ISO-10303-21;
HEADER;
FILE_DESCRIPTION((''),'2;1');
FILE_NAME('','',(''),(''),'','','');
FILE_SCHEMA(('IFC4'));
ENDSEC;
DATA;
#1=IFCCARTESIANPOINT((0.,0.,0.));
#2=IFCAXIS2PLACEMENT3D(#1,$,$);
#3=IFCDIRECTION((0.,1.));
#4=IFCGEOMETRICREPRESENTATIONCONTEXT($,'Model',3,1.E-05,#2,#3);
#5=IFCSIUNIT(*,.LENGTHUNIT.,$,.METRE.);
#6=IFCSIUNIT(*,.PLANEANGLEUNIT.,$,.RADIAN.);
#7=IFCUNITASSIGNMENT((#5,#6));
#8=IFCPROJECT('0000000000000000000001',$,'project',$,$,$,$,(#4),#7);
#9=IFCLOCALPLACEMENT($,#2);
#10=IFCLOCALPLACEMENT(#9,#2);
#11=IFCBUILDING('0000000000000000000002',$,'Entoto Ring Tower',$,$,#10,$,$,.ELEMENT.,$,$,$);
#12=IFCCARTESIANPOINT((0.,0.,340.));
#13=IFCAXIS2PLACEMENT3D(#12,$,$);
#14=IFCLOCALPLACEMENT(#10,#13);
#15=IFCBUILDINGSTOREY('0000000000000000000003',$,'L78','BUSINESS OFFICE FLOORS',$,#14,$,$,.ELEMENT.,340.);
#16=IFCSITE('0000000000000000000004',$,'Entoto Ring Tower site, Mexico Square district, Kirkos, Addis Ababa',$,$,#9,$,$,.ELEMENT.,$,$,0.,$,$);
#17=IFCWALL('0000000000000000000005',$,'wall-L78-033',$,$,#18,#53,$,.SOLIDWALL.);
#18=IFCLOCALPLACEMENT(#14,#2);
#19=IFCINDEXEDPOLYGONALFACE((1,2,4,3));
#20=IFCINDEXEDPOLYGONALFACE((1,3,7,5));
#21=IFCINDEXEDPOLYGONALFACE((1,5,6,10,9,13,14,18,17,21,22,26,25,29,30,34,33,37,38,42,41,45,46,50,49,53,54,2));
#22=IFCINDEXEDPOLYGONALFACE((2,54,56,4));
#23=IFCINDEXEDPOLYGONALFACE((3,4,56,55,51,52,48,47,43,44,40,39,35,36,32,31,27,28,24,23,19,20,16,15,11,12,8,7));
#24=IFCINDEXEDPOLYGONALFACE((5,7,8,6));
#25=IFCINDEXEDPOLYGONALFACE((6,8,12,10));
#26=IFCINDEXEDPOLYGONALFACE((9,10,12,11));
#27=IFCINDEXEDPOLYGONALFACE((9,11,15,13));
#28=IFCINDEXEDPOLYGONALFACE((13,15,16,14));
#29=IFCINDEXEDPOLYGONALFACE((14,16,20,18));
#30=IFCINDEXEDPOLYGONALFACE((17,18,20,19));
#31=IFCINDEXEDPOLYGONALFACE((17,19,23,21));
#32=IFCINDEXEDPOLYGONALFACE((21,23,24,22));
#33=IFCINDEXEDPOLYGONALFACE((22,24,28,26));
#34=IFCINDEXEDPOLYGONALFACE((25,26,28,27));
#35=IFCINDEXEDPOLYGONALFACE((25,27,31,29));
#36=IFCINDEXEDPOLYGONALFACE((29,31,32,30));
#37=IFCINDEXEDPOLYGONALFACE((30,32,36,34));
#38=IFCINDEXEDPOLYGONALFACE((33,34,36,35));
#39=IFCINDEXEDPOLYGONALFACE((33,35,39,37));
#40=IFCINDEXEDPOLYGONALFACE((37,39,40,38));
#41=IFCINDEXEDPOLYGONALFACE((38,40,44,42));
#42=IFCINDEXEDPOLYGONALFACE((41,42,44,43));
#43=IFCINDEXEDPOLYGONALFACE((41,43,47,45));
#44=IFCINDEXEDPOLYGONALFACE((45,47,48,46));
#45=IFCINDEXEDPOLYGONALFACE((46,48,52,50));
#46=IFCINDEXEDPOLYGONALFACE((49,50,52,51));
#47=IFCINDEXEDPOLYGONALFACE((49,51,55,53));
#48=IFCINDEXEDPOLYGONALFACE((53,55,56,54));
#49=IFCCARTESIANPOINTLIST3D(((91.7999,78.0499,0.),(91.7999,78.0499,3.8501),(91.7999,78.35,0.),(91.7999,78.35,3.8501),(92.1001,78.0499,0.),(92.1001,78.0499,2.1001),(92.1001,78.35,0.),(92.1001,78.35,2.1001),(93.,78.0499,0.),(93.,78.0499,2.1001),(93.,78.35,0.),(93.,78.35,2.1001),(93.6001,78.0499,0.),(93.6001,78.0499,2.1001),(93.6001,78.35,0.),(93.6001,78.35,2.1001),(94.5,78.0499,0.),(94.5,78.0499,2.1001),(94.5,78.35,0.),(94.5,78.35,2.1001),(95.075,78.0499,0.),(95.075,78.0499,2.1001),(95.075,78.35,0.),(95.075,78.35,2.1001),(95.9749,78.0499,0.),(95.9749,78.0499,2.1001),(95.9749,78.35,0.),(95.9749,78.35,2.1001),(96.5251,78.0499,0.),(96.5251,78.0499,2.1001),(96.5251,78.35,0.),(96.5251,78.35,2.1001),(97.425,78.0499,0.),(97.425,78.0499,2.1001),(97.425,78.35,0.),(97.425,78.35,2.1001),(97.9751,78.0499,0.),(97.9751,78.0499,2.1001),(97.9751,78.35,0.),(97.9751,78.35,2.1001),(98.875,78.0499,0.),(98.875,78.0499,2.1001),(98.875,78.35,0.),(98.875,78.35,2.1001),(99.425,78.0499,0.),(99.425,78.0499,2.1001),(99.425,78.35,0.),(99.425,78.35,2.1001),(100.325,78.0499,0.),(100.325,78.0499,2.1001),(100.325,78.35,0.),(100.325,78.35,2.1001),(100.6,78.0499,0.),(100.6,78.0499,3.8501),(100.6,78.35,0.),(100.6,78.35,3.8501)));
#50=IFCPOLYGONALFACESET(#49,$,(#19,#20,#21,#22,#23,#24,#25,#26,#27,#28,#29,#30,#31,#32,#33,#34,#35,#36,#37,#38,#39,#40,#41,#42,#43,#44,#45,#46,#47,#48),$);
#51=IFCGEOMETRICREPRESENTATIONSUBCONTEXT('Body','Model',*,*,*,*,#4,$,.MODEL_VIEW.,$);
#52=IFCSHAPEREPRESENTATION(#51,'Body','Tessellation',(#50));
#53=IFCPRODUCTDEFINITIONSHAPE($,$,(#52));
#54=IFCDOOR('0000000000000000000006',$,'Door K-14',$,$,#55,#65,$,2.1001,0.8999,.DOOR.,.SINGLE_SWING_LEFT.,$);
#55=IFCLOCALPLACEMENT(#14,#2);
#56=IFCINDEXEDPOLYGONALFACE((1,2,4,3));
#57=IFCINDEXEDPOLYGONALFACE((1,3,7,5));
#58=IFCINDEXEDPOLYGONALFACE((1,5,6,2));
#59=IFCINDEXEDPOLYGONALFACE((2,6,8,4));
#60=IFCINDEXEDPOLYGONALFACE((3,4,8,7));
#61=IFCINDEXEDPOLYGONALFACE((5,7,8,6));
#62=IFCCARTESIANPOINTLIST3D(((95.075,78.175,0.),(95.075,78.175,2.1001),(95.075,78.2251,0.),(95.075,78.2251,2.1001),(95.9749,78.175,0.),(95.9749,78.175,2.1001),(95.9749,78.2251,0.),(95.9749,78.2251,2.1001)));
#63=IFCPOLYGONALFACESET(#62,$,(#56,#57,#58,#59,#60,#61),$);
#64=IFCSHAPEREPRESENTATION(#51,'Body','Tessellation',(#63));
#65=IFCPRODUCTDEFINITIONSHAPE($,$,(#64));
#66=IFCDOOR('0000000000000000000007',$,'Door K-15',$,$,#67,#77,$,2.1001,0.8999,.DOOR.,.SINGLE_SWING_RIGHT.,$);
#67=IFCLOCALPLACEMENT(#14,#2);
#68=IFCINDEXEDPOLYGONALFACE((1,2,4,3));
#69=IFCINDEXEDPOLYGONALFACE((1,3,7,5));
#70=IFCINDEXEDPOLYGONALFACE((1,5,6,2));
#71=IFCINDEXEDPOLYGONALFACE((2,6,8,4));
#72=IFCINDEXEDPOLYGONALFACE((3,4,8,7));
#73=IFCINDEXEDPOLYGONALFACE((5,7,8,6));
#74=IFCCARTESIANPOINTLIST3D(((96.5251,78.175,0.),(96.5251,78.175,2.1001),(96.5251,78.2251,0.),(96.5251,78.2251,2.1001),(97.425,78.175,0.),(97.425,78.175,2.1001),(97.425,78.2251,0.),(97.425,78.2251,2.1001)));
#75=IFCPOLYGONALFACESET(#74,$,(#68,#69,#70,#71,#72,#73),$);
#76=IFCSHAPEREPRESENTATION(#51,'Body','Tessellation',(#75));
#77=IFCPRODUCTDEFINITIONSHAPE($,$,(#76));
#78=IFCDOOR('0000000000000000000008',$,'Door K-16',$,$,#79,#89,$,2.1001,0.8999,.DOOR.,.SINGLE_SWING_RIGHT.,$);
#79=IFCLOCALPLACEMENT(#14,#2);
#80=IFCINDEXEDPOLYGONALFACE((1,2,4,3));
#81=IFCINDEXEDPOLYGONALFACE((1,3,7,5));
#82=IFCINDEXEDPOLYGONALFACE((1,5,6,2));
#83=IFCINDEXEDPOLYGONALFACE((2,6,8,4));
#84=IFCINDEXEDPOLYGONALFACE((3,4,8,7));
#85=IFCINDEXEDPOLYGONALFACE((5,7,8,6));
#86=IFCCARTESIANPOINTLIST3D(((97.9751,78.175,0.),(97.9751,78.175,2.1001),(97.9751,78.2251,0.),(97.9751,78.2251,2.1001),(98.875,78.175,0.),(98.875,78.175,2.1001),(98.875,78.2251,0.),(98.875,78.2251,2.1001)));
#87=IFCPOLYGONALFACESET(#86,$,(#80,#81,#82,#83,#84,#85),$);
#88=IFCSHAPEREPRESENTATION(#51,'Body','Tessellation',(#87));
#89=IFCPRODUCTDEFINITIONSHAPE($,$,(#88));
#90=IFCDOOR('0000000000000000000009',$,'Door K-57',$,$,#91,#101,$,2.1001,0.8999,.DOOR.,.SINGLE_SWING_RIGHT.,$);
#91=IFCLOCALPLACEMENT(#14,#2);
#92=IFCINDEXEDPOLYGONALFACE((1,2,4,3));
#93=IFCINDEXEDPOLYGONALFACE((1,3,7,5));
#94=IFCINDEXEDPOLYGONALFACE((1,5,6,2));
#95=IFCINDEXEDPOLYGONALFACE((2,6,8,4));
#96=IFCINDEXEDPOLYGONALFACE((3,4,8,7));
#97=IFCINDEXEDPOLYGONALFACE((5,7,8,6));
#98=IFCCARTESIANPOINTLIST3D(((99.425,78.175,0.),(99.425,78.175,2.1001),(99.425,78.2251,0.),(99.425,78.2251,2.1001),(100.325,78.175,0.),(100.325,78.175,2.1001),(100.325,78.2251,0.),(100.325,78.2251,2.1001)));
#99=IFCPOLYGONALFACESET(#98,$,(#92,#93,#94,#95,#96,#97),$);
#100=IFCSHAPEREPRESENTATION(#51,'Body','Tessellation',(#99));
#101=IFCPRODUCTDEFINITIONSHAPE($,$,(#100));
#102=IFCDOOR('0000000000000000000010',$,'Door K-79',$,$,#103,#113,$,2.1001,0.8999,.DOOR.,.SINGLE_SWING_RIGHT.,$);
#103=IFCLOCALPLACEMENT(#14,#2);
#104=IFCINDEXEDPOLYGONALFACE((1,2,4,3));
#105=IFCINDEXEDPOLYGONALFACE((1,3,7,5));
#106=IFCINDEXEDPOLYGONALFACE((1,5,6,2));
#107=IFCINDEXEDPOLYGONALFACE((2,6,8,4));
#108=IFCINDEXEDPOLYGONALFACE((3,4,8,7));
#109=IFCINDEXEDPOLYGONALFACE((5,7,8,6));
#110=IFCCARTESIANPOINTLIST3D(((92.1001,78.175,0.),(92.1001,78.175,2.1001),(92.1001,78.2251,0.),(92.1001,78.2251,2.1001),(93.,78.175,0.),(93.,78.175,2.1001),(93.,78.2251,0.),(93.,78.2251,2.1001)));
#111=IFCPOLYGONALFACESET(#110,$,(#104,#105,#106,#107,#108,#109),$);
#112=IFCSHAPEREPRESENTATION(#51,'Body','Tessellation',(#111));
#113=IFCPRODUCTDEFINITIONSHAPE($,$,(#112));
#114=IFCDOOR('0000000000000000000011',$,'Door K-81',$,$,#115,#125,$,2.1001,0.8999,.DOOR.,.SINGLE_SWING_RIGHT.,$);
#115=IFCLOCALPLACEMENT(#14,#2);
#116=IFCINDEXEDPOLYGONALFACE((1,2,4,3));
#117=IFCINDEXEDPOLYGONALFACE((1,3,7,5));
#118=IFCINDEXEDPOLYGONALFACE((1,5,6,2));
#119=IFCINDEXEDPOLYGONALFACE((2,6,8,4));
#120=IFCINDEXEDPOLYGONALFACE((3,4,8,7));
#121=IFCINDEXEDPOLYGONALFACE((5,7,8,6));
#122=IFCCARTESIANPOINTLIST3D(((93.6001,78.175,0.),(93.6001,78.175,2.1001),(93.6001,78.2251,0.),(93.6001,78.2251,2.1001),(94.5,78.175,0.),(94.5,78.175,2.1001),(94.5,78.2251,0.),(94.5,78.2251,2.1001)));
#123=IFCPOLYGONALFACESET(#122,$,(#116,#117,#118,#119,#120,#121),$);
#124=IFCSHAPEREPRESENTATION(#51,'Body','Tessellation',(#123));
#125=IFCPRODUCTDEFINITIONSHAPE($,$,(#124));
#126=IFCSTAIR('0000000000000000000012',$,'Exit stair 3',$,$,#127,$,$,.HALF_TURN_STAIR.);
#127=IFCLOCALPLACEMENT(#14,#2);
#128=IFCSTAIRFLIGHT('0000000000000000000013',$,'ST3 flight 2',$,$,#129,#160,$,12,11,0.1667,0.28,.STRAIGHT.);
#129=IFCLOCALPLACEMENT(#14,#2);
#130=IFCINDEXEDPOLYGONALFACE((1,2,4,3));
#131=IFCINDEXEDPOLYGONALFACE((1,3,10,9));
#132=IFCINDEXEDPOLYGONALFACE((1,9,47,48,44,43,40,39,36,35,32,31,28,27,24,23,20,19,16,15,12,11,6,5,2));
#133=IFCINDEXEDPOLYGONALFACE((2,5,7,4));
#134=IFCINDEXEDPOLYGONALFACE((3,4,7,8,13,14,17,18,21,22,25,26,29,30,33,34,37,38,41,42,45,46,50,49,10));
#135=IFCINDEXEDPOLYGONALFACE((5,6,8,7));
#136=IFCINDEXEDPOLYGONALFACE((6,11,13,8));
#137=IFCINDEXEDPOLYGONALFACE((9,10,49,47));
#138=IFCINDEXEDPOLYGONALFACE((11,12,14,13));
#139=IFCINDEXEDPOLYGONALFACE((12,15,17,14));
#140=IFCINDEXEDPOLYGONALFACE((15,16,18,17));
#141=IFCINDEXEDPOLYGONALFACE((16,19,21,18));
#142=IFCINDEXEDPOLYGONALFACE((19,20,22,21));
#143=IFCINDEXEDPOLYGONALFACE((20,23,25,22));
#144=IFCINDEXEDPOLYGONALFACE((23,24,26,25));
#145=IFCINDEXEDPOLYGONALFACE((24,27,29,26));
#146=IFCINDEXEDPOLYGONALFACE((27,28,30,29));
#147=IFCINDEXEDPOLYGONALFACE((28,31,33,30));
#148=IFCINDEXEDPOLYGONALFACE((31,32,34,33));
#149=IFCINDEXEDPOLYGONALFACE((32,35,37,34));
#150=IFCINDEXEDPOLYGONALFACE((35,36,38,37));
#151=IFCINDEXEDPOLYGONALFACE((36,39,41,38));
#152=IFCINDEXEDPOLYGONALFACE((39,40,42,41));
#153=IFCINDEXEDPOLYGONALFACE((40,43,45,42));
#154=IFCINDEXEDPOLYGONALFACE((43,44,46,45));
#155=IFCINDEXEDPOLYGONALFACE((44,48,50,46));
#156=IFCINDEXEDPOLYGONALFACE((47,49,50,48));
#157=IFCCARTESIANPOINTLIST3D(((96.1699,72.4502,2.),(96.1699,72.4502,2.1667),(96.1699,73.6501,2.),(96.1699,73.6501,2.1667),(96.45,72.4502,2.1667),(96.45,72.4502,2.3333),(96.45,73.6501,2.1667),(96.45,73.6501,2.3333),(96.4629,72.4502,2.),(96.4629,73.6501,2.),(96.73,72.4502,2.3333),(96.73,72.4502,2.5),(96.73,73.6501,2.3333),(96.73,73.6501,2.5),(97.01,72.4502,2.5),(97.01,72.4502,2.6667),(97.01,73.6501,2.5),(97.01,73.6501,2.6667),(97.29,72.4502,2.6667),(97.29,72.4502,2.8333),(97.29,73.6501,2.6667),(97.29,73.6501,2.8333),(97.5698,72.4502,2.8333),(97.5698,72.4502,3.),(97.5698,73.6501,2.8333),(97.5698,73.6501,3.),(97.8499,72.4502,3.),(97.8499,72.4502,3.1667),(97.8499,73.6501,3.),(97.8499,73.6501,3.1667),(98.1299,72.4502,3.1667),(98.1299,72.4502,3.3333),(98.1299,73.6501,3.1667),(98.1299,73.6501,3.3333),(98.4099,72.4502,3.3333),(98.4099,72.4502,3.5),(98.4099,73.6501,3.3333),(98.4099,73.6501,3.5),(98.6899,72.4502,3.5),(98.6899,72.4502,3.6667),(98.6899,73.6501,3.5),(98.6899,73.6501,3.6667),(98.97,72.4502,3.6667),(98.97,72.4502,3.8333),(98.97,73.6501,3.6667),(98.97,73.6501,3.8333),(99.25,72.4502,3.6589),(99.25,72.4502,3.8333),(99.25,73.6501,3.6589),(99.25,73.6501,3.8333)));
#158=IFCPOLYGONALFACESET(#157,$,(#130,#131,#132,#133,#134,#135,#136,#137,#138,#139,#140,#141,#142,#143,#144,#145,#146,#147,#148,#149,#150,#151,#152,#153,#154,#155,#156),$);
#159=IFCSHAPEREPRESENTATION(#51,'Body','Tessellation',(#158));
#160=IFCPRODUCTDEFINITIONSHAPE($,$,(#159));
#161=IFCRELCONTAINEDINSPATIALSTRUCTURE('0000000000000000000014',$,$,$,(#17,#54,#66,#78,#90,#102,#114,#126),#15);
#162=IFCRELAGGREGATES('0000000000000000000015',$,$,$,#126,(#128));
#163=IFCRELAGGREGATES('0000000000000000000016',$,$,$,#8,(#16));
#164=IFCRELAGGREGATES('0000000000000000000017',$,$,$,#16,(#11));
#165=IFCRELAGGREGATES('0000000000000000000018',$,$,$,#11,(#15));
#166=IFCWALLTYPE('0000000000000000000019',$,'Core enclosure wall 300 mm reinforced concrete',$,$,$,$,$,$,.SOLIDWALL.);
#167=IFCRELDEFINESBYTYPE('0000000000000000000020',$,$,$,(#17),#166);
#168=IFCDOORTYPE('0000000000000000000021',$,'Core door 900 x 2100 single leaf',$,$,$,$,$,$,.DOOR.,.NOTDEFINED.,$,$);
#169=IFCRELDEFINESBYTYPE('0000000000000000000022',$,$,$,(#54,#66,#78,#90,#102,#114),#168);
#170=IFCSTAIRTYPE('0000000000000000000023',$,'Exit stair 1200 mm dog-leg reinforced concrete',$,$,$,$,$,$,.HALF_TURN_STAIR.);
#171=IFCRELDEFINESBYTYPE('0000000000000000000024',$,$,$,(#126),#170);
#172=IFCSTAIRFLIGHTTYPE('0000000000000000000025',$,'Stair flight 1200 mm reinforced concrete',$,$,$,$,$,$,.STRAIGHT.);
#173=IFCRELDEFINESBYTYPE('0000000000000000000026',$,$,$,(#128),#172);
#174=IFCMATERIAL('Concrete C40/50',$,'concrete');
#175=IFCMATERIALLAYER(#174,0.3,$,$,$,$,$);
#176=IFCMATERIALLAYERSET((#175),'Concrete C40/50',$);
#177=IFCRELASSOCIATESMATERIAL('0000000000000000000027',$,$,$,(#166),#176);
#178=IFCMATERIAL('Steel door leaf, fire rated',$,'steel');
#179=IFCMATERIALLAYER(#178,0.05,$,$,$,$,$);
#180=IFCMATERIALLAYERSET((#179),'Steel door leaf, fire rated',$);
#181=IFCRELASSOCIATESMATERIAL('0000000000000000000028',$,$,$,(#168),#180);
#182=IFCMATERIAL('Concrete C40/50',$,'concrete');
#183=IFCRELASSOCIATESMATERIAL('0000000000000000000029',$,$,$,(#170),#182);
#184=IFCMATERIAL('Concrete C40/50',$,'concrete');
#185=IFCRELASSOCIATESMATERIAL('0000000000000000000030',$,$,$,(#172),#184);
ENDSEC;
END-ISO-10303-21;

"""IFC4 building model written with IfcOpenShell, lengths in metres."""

from ifc_helpers import new_model, si_unit, direction, frame, frame_2d, origin, place, context, subcontext, project, spatial, polyline, rectangle, outline, extrude, material, layer, layer_set, type_object, element, fill, aggregate, save


model = new_model("IFC4")

# Units and contexts
model_context = context("Model", 3, precision=1e-05, world=origin(), true_north=direction((0.0, 1.0)))
body_context = subcontext(model_context, "Body", "Model", "MODEL_VIEW")
ifc_project = project(units=[si_unit("LENGTHUNIT", "METRE"), si_unit("PLANEANGLEUNIT", "RADIAN")], contexts=[model_context])

# Site, building, storey
site_placement = place(None, origin())
site = spatial("IfcSite", under=ifc_project, at=site_placement, Name="Entoto Ring Tower site, Mexico Square district, Kirkos, Addis Ababa", CompositionType="ELEMENT", RefElevation=0.0)
building_placement = place(site_placement, origin())
building = spatial("IfcBuilding", under=site, at=building_placement, Name="Entoto Ring Tower", CompositionType="ELEMENT")
storey_placement = place(building_placement, frame((0.0, 0.0, 340.0)))
storey = spatial("IfcBuildingStorey", under=building, at=storey_placement, Name="L78", Description="BUSINESS OFFICE FLOORS", CompositionType="ELEMENT", Elevation=340.0)

# Shared definitions
ifc_material_1 = material(Name="Concrete C40/50", Category="concrete")
ifc_layer_1 = layer(ifc_material_1, 0.3)
ifc_layer_set_1 = layer_set([ifc_layer_1], Name="Concrete C40/50")
wall_type = type_object("IfcWallType", Name="Core enclosure wall 300 mm reinforced concrete", PredefinedType="SOLIDWALL", material=ifc_layer_set_1)

# Shared definitions
ifc_material_2 = material(Name="Steel door leaf, fire rated", Category="steel")
ifc_layer_2 = layer(ifc_material_2, 0.05)
ifc_layer_set_2 = layer_set([ifc_layer_2], Name="Steel door leaf, fire rated")
door_type_1 = type_object("IfcDoorType", Name="Core door 900 x 2100 single leaf", OperationType="NOTDEFINED", PredefinedType="DOOR", material=ifc_layer_set_2)

# Wall, openings, doors
wall_1_placement = place(storey_placement, frame((91.8, 78.2, 0.0), z_axis=(0.0, 0.0, 1.0), x_axis=(1.0, 0.0, 0.0)))
wall_1 = element("IfcWall", 1, at=wall_1_placement, inside=storey, type_object=wall_type, Name="wall-L78-033", PredefinedType="SOLIDWALL", context=body_context, shape_type="SweptSolid", body=[
    extrude(rectangle(XDim=8.8, YDim=0.3, at=frame_2d((4.3999, 0.0))), origin(), (0.0, 0.0, 1.0), 3.8501),
])
opening_1_placement = place(wall_1_placement, frame((3.2749, 0.0, 0.0)))
opening_1 = element("IfcOpeningElement", 2, at=opening_1_placement, cuts=wall_1, PredefinedType="OPENING", context=body_context, shape_type="SweptSolid", body=[
    extrude(rectangle(XDim=0.8999, YDim=2.1001, at=frame_2d((0.45, 1.05))), frame((0.0, 0.1602, 0.0), z_axis=(0.0, -1.0, 0.0), x_axis=(1.0, 0.0, 0.0)), (0.0, 0.0, 1.0), 0.3201),
])
opening_2_placement = place(wall_1_placement, frame((4.7251, 0.0, 0.0)))
opening_2 = element("IfcOpeningElement", 3, at=opening_2_placement, cuts=wall_1, PredefinedType="OPENING", context=body_context, shape_type="SweptSolid", body=[
    extrude(rectangle(XDim=0.8999, YDim=2.1001, at=frame_2d((0.45, 1.05))), frame((0.0, 0.1602, 0.0), z_axis=(0.0, -1.0, 0.0), x_axis=(1.0, 0.0, 0.0)), (0.0, 0.0, 1.0), 0.3201),
])
opening_3_placement = place(wall_1_placement, frame((6.175, 0.0, 0.0)))
opening_3 = element("IfcOpeningElement", 4, at=opening_3_placement, cuts=wall_1, PredefinedType="OPENING", context=body_context, shape_type="SweptSolid", body=[
    extrude(rectangle(XDim=0.8999, YDim=2.1001, at=frame_2d((0.45, 1.05))), frame((0.0, 0.1602, 0.0), z_axis=(0.0, -1.0, 0.0), x_axis=(1.0, 0.0, 0.0)), (0.0, 0.0, 1.0), 0.3201),
])
opening_4_placement = place(wall_1_placement, frame((7.625, 0.0, 0.0)))
opening_4 = element("IfcOpeningElement", 5, at=opening_4_placement, cuts=wall_1, PredefinedType="OPENING", context=body_context, shape_type="SweptSolid", body=[
    extrude(rectangle(XDim=0.8999, YDim=2.1001, at=frame_2d((0.45, 1.05))), frame((0.0, 0.1602, 0.0), z_axis=(0.0, -1.0, 0.0), x_axis=(1.0, 0.0, 0.0)), (0.0, 0.0, 1.0), 0.3201),
])
opening_5_placement = place(wall_1_placement, frame((0.3, 0.0, 0.0)))
opening_5 = element("IfcOpeningElement", 6, at=opening_5_placement, cuts=wall_1, PredefinedType="OPENING", context=body_context, shape_type="SweptSolid", body=[
    extrude(rectangle(XDim=0.8999, YDim=2.1001, at=frame_2d((0.45, 1.05))), frame((0.0, 0.1602, 0.0), z_axis=(0.0, -1.0, 0.0), x_axis=(1.0, 0.0, 0.0)), (0.0, 0.0, 1.0), 0.3201),
])
opening_6_placement = place(wall_1_placement, frame((1.8, 0.0, 0.0)))
opening_6 = element("IfcOpeningElement", 7, at=opening_6_placement, cuts=wall_1, PredefinedType="OPENING", context=body_context, shape_type="SweptSolid", body=[
    extrude(rectangle(XDim=0.8999, YDim=2.1001, at=frame_2d((0.45, 1.05))), frame((0.0, 0.1602, 0.0), z_axis=(0.0, -1.0, 0.0), x_axis=(1.0, 0.0, 0.0)), (0.0, 0.0, 1.0), 0.3201),
])
door_1_placement = place(opening_1_placement, frame((0.8999, 0.0, 0.0), z_axis=(0.0, 0.0, 1.0), x_axis=(-1.0, 0.0, 0.0)))
door_1 = element("IfcDoor", 8, at=door_1_placement, inside=storey, type_object=door_type_1, Name="Door K-14", OperationType="SINGLE_SWING_LEFT", OverallHeight=2.1001, OverallWidth=0.8999, PredefinedType="DOOR", context=body_context, shape_type="SweptSolid", body=[
    extrude(rectangle(XDim=0.8999, YDim=2.1001, at=frame_2d((0.45, 1.05))), frame((0.0, 0.0249, 0.0), z_axis=(0.0, -1.0, 0.0), x_axis=(1.0, 0.0, 0.0)), (0.0, 0.0, 1.0), 0.05),
])
fill(opening_1, door_1)
door_2_placement = place(opening_2_placement, frame((0.8999, 0.0, 0.0), z_axis=(0.0, 0.0, 1.0), x_axis=(-1.0, 0.0, 0.0)))
door_2 = element("IfcDoor", 9, at=door_2_placement, inside=storey, type_object=door_type_1, Name="Door K-15", OperationType="SINGLE_SWING_RIGHT", OverallHeight=2.1001, OverallWidth=0.8999, PredefinedType="DOOR", context=body_context, shape_type="SweptSolid", body=[
    extrude(rectangle(XDim=0.8999, YDim=2.1001, at=frame_2d((0.45, 1.05))), frame((0.0, 0.0249, 0.0), z_axis=(0.0, -1.0, 0.0), x_axis=(1.0, 0.0, 0.0)), (0.0, 0.0, 1.0), 0.05),
])
fill(opening_2, door_2)
door_3_placement = place(opening_3_placement, frame((0.8999, 0.0, 0.0), z_axis=(0.0, 0.0, 1.0), x_axis=(-1.0, 0.0, 0.0)))
door_3 = element("IfcDoor", 10, at=door_3_placement, inside=storey, type_object=door_type_1, Name="Door K-16", OperationType="SINGLE_SWING_RIGHT", OverallHeight=2.1001, OverallWidth=0.8999, PredefinedType="DOOR", context=body_context, shape_type="SweptSolid", body=[
    extrude(rectangle(XDim=0.8999, YDim=2.1001, at=frame_2d((0.45, 1.05))), frame((0.0, 0.0249, 0.0), z_axis=(0.0, -1.0, 0.0), x_axis=(1.0, 0.0, 0.0)), (0.0, 0.0, 1.0), 0.05),
])
fill(opening_3, door_3)
door_4_placement = place(opening_4_placement, frame((0.8999, 0.0, 0.0), z_axis=(0.0, 0.0, 1.0), x_axis=(-1.0, 0.0, 0.0)))
door_4 = element("IfcDoor", 11, at=door_4_placement, inside=storey, type_object=door_type_1, Name="Door K-57", OperationType="SINGLE_SWING_RIGHT", OverallHeight=2.1001, OverallWidth=0.8999, PredefinedType="DOOR", context=body_context, shape_type="SweptSolid", body=[
    extrude(rectangle(XDim=0.8999, YDim=2.1001, at=frame_2d((0.45, 1.05))), frame((0.0, 0.0249, 0.0), z_axis=(0.0, -1.0, 0.0), x_axis=(1.0, 0.0, 0.0)), (0.0, 0.0, 1.0), 0.05),
])
fill(opening_4, door_4)
door_5_placement = place(opening_5_placement, frame((0.8999, 0.0, 0.0), z_axis=(0.0, 0.0, 1.0), x_axis=(-1.0, 0.0, 0.0)))
door_5 = element("IfcDoor", 12, at=door_5_placement, inside=storey, type_object=door_type_1, Name="Door K-79", OperationType="SINGLE_SWING_RIGHT", OverallHeight=2.1001, OverallWidth=0.8999, PredefinedType="DOOR", context=body_context, shape_type="SweptSolid", body=[
    extrude(rectangle(XDim=0.8999, YDim=2.1001, at=frame_2d((0.45, 1.05))), frame((0.0, 0.0249, 0.0), z_axis=(0.0, -1.0, 0.0), x_axis=(1.0, 0.0, 0.0)), (0.0, 0.0, 1.0), 0.05),
])
fill(opening_5, door_5)
door_6_placement = place(opening_6_placement, frame((0.8999, 0.0, 0.0), z_axis=(0.0, 0.0, 1.0), x_axis=(-1.0, 0.0, 0.0)))
door_6 = element("IfcDoor", 13, at=door_6_placement, inside=storey, type_object=door_type_1, Name="Door K-81", OperationType="SINGLE_SWING_RIGHT", OverallHeight=2.1001, OverallWidth=0.8999, PredefinedType="DOOR", context=body_context, shape_type="SweptSolid", body=[
    extrude(rectangle(XDim=0.8999, YDim=2.1001, at=frame_2d((0.45, 1.05))), frame((0.0, 0.0249, 0.0), z_axis=(0.0, -1.0, 0.0), x_axis=(1.0, 0.0, 0.0)), (0.0, 0.0, 1.0), 0.05),
])
fill(opening_6, door_6)

# Stair, stair flight
ifc_material_3 = material(Name="Concrete C40/50", Category="concrete")
stair_type = type_object("IfcStairType", Name="Exit stair 1200 mm dog-leg reinforced concrete", PredefinedType="HALF_TURN_STAIR", material=ifc_material_3)
stair_placement = place(storey_placement, origin())
stair = element("IfcStair", 14, at=stair_placement, inside=storey, type_object=stair_type, Name="Exit stair 3", PredefinedType="HALF_TURN_STAIR")
ifc_material_4 = material(Name="Concrete C40/50", Category="concrete")
stair_flight_type = type_object("IfcStairFlightType", Name="Stair flight 1200 mm reinforced concrete", PredefinedType="STRAIGHT", material=ifc_material_4)
stair_flight_placement = place(storey_placement, frame((96.1699, 73.05, 2.0), z_axis=(0.0, 0.0, 1.0), x_axis=(1.0, 0.0, 0.0)))
stair_flight = element("IfcStairFlight", 15, at=stair_flight_placement, type_object=stair_flight_type, Name="ST3 flight 2", NumberOfRisers=12, NumberOfTreads=11, PredefinedType="STRAIGHT", RiserHeight=0.1667, TreadLength=0.28, context=body_context, shape_type="SweptSolid", body=[
    extrude(outline(polyline([(0.0, 0.0), (0.0, 0.1667), (0.28, 0.1667), (0.28, 0.3333), (0.5601, 0.3333), (0.5601, 0.5), (0.8401, 0.5), (0.8401, 0.6667), (1.1201, 0.6667), (1.1201, 0.8333), (1.3999, 0.8333), (1.3999, 1.0), (1.6799, 1.0), (1.6799, 1.1667), (1.96, 1.1667), (1.96, 1.3333), (2.24, 1.3333), (2.24, 1.5), (2.52, 1.5), (2.52, 1.6667), (2.8, 1.6667), (2.8, 1.8333), (3.0801, 1.8333), (3.0801, 2.0), (3.0801, 1.6589), (0.293, 0.0), (0.0, 0.0)])), frame((0.0, 0.6001, 0.0), z_axis=(0.0, -1.0, 0.0), x_axis=(1.0, 0.0, 0.0)), (0.0, 0.0, 1.0), 1.2),
])
aggregate(stair, [stair_flight])

save(model, "model.ifc")
